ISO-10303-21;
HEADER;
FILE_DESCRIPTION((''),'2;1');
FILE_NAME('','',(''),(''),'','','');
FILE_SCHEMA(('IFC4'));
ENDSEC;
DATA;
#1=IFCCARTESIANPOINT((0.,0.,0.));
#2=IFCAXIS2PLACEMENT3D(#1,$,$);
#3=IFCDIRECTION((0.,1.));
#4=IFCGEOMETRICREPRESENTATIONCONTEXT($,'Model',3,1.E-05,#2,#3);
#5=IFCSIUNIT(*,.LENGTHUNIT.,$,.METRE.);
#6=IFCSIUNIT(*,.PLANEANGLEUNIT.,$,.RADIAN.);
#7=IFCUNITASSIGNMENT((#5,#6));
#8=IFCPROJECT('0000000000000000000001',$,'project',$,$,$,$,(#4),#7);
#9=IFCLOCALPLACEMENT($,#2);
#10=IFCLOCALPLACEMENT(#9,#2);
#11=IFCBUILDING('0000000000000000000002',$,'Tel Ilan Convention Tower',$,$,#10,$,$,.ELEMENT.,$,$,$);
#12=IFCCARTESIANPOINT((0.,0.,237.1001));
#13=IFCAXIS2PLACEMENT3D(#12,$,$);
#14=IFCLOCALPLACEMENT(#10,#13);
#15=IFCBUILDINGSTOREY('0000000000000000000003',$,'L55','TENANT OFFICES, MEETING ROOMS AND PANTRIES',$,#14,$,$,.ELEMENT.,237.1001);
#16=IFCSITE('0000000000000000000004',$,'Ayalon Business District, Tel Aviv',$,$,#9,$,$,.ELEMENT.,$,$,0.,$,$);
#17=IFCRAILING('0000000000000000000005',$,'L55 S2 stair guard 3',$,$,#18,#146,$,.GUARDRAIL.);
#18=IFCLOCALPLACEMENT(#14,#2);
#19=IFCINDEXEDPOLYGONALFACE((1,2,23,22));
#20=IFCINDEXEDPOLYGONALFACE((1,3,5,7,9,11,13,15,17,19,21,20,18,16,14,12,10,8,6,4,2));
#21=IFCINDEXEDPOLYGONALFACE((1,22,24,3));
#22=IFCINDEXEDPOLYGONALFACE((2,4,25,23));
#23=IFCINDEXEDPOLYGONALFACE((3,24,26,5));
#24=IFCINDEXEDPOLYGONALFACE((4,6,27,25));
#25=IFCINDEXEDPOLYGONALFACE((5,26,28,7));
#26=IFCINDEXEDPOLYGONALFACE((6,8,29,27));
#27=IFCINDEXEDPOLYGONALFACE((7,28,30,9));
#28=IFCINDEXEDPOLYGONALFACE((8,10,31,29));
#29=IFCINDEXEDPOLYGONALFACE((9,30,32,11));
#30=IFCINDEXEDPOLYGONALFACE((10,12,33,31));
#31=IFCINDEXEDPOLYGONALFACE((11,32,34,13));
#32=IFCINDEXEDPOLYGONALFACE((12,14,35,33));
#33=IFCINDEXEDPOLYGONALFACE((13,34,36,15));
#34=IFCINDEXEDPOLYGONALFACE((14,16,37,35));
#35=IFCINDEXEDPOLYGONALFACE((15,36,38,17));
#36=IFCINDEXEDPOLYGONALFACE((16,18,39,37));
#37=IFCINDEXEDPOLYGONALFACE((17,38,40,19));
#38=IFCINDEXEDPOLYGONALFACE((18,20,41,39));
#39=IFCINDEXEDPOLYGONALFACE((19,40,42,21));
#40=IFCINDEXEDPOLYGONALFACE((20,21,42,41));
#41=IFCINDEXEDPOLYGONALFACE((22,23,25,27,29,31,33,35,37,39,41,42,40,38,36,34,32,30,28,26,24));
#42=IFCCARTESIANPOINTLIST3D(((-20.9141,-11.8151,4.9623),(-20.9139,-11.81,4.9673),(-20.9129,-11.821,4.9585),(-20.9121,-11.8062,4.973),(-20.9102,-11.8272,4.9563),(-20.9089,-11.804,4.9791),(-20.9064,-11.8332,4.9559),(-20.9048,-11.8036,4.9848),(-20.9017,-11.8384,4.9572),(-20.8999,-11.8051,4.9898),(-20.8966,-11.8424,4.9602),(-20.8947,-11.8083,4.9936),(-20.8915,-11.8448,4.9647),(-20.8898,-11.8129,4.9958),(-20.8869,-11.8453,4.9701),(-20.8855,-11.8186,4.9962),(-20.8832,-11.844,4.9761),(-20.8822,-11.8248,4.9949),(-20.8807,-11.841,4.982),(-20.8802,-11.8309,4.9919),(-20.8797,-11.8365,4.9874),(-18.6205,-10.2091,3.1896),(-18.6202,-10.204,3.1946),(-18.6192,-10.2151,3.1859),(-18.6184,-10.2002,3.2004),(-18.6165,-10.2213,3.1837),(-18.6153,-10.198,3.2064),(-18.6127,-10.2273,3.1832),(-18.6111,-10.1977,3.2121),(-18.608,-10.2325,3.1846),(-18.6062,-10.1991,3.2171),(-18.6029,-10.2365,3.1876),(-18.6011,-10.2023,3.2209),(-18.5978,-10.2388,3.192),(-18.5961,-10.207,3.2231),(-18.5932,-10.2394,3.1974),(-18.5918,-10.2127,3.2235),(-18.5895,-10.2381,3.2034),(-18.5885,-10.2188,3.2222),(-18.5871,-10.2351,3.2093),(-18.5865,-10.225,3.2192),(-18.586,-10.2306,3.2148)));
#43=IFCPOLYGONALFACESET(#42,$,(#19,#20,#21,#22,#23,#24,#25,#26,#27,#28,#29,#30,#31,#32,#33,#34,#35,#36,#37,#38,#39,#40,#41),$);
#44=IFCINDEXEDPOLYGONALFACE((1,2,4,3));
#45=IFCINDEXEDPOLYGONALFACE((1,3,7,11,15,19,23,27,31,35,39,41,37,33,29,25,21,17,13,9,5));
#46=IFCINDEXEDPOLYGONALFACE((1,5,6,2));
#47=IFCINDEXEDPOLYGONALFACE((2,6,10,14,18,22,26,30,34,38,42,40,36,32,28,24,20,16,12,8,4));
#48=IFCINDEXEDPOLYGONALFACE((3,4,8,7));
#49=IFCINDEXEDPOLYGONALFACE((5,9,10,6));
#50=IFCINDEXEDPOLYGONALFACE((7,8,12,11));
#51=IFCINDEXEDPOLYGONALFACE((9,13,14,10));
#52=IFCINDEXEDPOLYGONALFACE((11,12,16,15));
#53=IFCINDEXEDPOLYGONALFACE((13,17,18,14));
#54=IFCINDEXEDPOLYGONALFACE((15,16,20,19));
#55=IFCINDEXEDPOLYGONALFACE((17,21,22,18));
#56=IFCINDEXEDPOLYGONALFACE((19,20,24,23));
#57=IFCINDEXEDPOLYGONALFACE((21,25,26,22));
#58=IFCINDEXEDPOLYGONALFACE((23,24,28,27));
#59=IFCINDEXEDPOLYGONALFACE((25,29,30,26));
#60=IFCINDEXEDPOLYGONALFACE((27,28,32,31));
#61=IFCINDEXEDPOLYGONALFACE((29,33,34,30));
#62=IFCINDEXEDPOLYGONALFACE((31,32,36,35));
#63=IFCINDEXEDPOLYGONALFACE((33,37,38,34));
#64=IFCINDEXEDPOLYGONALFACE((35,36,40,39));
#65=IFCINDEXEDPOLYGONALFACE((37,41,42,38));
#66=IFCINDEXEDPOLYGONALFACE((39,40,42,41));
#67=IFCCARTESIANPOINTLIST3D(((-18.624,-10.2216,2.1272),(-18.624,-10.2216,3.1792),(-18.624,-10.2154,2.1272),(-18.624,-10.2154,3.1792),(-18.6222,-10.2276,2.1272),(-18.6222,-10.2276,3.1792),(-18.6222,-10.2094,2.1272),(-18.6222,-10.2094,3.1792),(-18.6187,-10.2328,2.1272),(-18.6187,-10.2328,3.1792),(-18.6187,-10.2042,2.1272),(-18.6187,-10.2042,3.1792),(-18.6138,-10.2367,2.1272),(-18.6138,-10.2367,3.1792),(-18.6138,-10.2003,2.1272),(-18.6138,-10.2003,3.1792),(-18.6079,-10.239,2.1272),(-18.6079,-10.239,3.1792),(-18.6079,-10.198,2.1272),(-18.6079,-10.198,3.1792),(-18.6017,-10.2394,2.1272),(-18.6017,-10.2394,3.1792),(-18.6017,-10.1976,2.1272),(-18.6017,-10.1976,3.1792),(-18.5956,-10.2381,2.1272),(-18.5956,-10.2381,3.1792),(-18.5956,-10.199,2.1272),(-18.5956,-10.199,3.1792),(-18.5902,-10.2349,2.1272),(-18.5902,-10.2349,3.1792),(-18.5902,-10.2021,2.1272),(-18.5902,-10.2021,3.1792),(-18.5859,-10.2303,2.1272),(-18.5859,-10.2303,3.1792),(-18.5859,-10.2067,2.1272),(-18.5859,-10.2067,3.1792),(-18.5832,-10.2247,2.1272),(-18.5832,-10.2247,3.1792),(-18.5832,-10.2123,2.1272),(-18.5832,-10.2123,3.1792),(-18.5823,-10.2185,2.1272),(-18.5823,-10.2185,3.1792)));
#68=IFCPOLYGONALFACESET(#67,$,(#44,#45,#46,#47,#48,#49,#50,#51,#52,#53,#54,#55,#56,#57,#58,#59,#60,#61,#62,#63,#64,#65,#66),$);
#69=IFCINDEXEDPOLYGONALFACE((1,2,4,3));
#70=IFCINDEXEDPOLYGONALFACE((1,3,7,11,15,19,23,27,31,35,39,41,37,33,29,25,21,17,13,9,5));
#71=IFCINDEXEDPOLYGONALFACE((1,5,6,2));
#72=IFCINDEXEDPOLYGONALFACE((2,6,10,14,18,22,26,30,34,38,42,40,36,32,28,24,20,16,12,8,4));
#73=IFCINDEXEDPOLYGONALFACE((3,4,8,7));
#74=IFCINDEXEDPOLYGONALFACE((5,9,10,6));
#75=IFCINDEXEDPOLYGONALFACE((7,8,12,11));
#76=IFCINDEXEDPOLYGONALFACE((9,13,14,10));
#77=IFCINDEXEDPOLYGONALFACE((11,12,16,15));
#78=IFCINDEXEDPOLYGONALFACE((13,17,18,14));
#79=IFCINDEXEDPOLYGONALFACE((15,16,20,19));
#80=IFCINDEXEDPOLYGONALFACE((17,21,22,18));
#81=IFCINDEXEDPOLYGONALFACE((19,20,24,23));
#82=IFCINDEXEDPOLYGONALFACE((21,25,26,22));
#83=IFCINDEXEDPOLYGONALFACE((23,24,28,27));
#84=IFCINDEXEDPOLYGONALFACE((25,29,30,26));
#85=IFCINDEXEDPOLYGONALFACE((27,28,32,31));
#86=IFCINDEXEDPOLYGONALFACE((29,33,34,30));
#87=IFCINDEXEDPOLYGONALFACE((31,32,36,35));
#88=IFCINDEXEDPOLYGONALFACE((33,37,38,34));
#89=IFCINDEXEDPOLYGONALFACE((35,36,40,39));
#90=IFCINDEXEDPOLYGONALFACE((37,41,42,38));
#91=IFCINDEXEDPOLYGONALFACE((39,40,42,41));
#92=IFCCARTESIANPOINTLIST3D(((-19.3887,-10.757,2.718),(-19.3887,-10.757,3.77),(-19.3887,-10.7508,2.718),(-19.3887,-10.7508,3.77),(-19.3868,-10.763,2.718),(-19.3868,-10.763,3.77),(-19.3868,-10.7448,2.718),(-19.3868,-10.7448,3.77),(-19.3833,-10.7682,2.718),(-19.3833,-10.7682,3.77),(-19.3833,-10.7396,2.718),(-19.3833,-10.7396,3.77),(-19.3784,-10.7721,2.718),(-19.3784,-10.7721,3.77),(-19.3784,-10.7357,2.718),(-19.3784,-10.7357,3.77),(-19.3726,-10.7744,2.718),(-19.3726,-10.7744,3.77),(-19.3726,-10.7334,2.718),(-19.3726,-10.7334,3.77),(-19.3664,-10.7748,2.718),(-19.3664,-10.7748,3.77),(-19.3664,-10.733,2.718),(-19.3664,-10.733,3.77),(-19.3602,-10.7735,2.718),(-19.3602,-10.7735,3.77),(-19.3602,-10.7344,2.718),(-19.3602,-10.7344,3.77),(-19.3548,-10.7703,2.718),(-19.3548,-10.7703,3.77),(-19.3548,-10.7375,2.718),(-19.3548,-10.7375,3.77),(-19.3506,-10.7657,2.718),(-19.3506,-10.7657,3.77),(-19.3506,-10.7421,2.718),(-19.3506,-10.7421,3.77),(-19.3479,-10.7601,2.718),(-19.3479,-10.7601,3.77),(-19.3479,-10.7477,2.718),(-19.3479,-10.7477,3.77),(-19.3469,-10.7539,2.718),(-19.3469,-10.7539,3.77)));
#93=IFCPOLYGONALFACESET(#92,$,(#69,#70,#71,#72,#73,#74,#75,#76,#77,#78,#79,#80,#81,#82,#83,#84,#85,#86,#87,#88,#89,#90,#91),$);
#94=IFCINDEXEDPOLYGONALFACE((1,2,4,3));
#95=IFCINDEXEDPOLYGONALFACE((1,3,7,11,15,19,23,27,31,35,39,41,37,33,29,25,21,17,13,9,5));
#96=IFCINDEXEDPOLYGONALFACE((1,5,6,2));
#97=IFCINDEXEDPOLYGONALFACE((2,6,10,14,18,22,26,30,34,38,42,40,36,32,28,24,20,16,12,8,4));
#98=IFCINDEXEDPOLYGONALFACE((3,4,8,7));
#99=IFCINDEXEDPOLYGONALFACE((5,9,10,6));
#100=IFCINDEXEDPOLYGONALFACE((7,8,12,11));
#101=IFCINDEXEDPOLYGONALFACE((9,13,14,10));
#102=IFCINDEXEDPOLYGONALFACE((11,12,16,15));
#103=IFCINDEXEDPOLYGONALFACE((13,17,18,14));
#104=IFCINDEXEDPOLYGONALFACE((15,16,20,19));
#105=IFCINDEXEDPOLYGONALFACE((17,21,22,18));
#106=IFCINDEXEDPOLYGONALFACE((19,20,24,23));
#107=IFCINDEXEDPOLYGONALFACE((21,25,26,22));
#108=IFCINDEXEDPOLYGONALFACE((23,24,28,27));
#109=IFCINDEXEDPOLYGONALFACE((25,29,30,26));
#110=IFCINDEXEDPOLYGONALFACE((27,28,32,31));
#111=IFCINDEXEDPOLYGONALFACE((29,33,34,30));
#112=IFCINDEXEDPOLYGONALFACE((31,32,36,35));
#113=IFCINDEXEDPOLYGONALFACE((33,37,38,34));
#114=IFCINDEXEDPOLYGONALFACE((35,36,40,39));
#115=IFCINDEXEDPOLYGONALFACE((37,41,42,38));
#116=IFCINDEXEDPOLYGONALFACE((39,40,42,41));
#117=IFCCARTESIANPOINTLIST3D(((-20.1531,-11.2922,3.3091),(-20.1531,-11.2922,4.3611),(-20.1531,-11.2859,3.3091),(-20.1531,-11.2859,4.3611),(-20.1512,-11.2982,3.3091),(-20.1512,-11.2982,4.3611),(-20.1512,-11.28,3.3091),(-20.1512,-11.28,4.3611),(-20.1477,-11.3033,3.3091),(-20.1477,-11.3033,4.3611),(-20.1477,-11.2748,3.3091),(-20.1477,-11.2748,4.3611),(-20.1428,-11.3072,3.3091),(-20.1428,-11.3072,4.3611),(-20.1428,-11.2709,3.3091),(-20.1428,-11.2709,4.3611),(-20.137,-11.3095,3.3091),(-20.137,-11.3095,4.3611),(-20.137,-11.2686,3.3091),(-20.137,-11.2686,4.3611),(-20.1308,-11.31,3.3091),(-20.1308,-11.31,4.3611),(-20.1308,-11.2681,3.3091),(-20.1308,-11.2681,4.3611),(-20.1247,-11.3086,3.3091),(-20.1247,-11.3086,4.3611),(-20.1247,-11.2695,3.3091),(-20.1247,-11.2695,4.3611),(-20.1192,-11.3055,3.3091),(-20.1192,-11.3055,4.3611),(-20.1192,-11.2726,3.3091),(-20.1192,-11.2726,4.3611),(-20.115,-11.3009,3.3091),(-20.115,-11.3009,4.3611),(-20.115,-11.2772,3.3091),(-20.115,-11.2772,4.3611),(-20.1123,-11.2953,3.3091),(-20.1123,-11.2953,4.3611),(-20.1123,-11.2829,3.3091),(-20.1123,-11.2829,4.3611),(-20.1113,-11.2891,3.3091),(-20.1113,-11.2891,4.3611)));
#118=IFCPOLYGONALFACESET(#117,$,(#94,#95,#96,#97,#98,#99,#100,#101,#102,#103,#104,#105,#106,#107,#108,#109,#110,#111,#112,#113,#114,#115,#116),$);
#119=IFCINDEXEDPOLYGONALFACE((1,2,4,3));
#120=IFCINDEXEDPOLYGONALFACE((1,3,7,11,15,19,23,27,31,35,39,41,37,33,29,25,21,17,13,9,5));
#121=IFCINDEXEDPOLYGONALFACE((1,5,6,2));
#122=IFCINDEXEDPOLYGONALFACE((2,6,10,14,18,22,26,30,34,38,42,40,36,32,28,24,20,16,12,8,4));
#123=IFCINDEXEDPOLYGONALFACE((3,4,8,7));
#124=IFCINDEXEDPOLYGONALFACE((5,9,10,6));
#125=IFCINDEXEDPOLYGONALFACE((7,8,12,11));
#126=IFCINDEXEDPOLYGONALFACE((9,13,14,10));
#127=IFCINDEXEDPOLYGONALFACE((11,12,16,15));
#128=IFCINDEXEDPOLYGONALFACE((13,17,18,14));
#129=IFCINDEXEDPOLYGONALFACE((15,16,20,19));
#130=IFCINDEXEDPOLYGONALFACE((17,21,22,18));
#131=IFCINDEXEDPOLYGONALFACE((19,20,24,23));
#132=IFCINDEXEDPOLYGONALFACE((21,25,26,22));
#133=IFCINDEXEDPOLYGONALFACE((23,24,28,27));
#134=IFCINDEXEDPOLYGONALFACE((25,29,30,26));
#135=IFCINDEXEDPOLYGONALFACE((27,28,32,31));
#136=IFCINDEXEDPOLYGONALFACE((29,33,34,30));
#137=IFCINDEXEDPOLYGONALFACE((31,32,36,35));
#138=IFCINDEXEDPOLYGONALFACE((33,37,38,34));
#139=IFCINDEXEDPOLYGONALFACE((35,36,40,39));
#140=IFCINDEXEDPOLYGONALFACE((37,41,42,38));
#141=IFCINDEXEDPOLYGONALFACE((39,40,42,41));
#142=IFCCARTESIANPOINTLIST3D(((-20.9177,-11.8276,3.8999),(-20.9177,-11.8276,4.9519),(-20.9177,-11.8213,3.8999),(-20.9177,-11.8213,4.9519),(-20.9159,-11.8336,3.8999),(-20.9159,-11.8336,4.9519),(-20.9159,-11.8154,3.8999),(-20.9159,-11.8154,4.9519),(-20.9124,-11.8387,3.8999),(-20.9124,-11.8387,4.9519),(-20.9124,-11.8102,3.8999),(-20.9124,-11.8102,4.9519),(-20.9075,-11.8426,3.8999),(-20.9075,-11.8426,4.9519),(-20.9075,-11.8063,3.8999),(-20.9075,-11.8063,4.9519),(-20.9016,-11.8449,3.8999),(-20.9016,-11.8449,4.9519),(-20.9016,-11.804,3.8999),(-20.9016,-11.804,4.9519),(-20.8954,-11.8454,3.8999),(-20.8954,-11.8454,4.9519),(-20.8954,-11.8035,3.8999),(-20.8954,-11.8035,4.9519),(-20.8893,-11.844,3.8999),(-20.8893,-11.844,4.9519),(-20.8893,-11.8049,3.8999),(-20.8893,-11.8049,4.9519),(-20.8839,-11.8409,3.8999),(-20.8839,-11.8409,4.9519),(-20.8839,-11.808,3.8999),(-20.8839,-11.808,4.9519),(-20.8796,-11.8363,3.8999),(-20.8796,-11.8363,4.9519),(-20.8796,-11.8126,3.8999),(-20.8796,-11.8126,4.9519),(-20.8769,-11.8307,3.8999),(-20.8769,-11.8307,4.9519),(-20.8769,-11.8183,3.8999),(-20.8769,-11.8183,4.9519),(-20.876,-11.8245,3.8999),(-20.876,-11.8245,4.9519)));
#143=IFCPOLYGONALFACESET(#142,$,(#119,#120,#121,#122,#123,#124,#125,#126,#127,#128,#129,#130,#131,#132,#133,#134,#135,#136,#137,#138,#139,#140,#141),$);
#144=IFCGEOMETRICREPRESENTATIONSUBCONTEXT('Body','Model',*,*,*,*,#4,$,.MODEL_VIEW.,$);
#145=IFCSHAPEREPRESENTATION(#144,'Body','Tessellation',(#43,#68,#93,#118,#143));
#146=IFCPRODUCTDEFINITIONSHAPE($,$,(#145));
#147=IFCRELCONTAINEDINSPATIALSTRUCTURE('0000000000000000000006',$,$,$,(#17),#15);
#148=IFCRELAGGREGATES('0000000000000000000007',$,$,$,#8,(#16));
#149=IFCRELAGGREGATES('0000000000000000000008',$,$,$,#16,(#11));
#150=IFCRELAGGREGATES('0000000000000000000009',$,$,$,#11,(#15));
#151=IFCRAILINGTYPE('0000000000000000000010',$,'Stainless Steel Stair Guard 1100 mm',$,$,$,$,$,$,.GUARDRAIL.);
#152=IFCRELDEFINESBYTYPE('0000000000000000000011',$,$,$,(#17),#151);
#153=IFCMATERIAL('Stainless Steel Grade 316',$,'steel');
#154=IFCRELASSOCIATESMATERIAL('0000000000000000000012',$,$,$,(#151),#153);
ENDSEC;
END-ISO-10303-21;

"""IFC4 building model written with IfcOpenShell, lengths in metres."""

from ifc_helpers import new_model, si_unit, direction, frame, origin, origin_2d, place, context, subcontext, project, spatial, circle, extrude, material, type_object, element, save


model = new_model("IFC4")

# Units and contexts
model_context = context("Model", 3, precision=1e-05, world=origin(), true_north=direction((0.0, 1.0)))
body_context = subcontext(model_context, "Body", "Model", "MODEL_VIEW")
ifc_project = project(units=[si_unit("LENGTHUNIT", "METRE"), si_unit("PLANEANGLEUNIT", "RADIAN")], contexts=[model_context])

# Site, building, storey
site_placement = place(None, origin())
site = spatial("IfcSite", under=ifc_project, at=site_placement, Name="Ayalon Business District, Tel Aviv", CompositionType="ELEMENT", RefElevation=0.0)
building_placement = place(site_placement, origin())
building = spatial("IfcBuilding", under=site, at=building_placement, Name="Tel Ilan Convention Tower", CompositionType="ELEMENT")
storey_placement = place(building_placement, frame((0.0, 0.0, 237.1001)))
storey = spatial("IfcBuildingStorey", under=building, at=storey_placement, Name="L55", Description="TENANT OFFICES, MEETING ROOMS AND PANTRIES", CompositionType="ELEMENT", Elevation=237.1001)

# Railing
ifc_material_1 = material(Name="Stainless Steel Grade 316", Category="steel")
railing_type_1 = type_object("IfcRailingType", Name="Stainless Steel Stair Guard 1100 mm", PredefinedType="GUARDRAIL", material=ifc_material_1)
railing_1_placement = place(storey_placement, frame((-18.6033, -10.2185, 2.1272)))
element("IfcRailing", 1, at=railing_1_placement, inside=storey, type_object=railing_type_1, Name="L55 S2 stair guard 3", PredefinedType="GUARDRAIL", context=body_context, shape_type="SweptSolid", body=[
    extrude(circle(Radius=0.0239, at=origin_2d()), frame((0.0, 0.0, 1.0762), z_axis=(-0.692123, -0.484597, 0.534913), x_axis=(0.57355, -0.81917, 0.0)), (0.0, 0.0, 1.0), 3.314),
    extrude(circle(Radius=0.021, at=origin_2d()), origin(), (0.0, 0.0, 1.0), 1.052),
    extrude(circle(Radius=0.021, at=origin_2d()), frame((-0.7646, -0.5354, 0.5908)), (0.0, 0.0, 1.0), 1.052),
    extrude(circle(Radius=0.021, at=origin_2d()), frame((-1.5291, -1.0706, 1.1819)), (0.0, 0.0, 1.0), 1.052),
    extrude(circle(Radius=0.021, at=origin_2d()), frame((-2.2937, -1.606, 1.7727)), (0.0, 0.0, 1.0), 1.052),
])

save(model, "model.ifc")
